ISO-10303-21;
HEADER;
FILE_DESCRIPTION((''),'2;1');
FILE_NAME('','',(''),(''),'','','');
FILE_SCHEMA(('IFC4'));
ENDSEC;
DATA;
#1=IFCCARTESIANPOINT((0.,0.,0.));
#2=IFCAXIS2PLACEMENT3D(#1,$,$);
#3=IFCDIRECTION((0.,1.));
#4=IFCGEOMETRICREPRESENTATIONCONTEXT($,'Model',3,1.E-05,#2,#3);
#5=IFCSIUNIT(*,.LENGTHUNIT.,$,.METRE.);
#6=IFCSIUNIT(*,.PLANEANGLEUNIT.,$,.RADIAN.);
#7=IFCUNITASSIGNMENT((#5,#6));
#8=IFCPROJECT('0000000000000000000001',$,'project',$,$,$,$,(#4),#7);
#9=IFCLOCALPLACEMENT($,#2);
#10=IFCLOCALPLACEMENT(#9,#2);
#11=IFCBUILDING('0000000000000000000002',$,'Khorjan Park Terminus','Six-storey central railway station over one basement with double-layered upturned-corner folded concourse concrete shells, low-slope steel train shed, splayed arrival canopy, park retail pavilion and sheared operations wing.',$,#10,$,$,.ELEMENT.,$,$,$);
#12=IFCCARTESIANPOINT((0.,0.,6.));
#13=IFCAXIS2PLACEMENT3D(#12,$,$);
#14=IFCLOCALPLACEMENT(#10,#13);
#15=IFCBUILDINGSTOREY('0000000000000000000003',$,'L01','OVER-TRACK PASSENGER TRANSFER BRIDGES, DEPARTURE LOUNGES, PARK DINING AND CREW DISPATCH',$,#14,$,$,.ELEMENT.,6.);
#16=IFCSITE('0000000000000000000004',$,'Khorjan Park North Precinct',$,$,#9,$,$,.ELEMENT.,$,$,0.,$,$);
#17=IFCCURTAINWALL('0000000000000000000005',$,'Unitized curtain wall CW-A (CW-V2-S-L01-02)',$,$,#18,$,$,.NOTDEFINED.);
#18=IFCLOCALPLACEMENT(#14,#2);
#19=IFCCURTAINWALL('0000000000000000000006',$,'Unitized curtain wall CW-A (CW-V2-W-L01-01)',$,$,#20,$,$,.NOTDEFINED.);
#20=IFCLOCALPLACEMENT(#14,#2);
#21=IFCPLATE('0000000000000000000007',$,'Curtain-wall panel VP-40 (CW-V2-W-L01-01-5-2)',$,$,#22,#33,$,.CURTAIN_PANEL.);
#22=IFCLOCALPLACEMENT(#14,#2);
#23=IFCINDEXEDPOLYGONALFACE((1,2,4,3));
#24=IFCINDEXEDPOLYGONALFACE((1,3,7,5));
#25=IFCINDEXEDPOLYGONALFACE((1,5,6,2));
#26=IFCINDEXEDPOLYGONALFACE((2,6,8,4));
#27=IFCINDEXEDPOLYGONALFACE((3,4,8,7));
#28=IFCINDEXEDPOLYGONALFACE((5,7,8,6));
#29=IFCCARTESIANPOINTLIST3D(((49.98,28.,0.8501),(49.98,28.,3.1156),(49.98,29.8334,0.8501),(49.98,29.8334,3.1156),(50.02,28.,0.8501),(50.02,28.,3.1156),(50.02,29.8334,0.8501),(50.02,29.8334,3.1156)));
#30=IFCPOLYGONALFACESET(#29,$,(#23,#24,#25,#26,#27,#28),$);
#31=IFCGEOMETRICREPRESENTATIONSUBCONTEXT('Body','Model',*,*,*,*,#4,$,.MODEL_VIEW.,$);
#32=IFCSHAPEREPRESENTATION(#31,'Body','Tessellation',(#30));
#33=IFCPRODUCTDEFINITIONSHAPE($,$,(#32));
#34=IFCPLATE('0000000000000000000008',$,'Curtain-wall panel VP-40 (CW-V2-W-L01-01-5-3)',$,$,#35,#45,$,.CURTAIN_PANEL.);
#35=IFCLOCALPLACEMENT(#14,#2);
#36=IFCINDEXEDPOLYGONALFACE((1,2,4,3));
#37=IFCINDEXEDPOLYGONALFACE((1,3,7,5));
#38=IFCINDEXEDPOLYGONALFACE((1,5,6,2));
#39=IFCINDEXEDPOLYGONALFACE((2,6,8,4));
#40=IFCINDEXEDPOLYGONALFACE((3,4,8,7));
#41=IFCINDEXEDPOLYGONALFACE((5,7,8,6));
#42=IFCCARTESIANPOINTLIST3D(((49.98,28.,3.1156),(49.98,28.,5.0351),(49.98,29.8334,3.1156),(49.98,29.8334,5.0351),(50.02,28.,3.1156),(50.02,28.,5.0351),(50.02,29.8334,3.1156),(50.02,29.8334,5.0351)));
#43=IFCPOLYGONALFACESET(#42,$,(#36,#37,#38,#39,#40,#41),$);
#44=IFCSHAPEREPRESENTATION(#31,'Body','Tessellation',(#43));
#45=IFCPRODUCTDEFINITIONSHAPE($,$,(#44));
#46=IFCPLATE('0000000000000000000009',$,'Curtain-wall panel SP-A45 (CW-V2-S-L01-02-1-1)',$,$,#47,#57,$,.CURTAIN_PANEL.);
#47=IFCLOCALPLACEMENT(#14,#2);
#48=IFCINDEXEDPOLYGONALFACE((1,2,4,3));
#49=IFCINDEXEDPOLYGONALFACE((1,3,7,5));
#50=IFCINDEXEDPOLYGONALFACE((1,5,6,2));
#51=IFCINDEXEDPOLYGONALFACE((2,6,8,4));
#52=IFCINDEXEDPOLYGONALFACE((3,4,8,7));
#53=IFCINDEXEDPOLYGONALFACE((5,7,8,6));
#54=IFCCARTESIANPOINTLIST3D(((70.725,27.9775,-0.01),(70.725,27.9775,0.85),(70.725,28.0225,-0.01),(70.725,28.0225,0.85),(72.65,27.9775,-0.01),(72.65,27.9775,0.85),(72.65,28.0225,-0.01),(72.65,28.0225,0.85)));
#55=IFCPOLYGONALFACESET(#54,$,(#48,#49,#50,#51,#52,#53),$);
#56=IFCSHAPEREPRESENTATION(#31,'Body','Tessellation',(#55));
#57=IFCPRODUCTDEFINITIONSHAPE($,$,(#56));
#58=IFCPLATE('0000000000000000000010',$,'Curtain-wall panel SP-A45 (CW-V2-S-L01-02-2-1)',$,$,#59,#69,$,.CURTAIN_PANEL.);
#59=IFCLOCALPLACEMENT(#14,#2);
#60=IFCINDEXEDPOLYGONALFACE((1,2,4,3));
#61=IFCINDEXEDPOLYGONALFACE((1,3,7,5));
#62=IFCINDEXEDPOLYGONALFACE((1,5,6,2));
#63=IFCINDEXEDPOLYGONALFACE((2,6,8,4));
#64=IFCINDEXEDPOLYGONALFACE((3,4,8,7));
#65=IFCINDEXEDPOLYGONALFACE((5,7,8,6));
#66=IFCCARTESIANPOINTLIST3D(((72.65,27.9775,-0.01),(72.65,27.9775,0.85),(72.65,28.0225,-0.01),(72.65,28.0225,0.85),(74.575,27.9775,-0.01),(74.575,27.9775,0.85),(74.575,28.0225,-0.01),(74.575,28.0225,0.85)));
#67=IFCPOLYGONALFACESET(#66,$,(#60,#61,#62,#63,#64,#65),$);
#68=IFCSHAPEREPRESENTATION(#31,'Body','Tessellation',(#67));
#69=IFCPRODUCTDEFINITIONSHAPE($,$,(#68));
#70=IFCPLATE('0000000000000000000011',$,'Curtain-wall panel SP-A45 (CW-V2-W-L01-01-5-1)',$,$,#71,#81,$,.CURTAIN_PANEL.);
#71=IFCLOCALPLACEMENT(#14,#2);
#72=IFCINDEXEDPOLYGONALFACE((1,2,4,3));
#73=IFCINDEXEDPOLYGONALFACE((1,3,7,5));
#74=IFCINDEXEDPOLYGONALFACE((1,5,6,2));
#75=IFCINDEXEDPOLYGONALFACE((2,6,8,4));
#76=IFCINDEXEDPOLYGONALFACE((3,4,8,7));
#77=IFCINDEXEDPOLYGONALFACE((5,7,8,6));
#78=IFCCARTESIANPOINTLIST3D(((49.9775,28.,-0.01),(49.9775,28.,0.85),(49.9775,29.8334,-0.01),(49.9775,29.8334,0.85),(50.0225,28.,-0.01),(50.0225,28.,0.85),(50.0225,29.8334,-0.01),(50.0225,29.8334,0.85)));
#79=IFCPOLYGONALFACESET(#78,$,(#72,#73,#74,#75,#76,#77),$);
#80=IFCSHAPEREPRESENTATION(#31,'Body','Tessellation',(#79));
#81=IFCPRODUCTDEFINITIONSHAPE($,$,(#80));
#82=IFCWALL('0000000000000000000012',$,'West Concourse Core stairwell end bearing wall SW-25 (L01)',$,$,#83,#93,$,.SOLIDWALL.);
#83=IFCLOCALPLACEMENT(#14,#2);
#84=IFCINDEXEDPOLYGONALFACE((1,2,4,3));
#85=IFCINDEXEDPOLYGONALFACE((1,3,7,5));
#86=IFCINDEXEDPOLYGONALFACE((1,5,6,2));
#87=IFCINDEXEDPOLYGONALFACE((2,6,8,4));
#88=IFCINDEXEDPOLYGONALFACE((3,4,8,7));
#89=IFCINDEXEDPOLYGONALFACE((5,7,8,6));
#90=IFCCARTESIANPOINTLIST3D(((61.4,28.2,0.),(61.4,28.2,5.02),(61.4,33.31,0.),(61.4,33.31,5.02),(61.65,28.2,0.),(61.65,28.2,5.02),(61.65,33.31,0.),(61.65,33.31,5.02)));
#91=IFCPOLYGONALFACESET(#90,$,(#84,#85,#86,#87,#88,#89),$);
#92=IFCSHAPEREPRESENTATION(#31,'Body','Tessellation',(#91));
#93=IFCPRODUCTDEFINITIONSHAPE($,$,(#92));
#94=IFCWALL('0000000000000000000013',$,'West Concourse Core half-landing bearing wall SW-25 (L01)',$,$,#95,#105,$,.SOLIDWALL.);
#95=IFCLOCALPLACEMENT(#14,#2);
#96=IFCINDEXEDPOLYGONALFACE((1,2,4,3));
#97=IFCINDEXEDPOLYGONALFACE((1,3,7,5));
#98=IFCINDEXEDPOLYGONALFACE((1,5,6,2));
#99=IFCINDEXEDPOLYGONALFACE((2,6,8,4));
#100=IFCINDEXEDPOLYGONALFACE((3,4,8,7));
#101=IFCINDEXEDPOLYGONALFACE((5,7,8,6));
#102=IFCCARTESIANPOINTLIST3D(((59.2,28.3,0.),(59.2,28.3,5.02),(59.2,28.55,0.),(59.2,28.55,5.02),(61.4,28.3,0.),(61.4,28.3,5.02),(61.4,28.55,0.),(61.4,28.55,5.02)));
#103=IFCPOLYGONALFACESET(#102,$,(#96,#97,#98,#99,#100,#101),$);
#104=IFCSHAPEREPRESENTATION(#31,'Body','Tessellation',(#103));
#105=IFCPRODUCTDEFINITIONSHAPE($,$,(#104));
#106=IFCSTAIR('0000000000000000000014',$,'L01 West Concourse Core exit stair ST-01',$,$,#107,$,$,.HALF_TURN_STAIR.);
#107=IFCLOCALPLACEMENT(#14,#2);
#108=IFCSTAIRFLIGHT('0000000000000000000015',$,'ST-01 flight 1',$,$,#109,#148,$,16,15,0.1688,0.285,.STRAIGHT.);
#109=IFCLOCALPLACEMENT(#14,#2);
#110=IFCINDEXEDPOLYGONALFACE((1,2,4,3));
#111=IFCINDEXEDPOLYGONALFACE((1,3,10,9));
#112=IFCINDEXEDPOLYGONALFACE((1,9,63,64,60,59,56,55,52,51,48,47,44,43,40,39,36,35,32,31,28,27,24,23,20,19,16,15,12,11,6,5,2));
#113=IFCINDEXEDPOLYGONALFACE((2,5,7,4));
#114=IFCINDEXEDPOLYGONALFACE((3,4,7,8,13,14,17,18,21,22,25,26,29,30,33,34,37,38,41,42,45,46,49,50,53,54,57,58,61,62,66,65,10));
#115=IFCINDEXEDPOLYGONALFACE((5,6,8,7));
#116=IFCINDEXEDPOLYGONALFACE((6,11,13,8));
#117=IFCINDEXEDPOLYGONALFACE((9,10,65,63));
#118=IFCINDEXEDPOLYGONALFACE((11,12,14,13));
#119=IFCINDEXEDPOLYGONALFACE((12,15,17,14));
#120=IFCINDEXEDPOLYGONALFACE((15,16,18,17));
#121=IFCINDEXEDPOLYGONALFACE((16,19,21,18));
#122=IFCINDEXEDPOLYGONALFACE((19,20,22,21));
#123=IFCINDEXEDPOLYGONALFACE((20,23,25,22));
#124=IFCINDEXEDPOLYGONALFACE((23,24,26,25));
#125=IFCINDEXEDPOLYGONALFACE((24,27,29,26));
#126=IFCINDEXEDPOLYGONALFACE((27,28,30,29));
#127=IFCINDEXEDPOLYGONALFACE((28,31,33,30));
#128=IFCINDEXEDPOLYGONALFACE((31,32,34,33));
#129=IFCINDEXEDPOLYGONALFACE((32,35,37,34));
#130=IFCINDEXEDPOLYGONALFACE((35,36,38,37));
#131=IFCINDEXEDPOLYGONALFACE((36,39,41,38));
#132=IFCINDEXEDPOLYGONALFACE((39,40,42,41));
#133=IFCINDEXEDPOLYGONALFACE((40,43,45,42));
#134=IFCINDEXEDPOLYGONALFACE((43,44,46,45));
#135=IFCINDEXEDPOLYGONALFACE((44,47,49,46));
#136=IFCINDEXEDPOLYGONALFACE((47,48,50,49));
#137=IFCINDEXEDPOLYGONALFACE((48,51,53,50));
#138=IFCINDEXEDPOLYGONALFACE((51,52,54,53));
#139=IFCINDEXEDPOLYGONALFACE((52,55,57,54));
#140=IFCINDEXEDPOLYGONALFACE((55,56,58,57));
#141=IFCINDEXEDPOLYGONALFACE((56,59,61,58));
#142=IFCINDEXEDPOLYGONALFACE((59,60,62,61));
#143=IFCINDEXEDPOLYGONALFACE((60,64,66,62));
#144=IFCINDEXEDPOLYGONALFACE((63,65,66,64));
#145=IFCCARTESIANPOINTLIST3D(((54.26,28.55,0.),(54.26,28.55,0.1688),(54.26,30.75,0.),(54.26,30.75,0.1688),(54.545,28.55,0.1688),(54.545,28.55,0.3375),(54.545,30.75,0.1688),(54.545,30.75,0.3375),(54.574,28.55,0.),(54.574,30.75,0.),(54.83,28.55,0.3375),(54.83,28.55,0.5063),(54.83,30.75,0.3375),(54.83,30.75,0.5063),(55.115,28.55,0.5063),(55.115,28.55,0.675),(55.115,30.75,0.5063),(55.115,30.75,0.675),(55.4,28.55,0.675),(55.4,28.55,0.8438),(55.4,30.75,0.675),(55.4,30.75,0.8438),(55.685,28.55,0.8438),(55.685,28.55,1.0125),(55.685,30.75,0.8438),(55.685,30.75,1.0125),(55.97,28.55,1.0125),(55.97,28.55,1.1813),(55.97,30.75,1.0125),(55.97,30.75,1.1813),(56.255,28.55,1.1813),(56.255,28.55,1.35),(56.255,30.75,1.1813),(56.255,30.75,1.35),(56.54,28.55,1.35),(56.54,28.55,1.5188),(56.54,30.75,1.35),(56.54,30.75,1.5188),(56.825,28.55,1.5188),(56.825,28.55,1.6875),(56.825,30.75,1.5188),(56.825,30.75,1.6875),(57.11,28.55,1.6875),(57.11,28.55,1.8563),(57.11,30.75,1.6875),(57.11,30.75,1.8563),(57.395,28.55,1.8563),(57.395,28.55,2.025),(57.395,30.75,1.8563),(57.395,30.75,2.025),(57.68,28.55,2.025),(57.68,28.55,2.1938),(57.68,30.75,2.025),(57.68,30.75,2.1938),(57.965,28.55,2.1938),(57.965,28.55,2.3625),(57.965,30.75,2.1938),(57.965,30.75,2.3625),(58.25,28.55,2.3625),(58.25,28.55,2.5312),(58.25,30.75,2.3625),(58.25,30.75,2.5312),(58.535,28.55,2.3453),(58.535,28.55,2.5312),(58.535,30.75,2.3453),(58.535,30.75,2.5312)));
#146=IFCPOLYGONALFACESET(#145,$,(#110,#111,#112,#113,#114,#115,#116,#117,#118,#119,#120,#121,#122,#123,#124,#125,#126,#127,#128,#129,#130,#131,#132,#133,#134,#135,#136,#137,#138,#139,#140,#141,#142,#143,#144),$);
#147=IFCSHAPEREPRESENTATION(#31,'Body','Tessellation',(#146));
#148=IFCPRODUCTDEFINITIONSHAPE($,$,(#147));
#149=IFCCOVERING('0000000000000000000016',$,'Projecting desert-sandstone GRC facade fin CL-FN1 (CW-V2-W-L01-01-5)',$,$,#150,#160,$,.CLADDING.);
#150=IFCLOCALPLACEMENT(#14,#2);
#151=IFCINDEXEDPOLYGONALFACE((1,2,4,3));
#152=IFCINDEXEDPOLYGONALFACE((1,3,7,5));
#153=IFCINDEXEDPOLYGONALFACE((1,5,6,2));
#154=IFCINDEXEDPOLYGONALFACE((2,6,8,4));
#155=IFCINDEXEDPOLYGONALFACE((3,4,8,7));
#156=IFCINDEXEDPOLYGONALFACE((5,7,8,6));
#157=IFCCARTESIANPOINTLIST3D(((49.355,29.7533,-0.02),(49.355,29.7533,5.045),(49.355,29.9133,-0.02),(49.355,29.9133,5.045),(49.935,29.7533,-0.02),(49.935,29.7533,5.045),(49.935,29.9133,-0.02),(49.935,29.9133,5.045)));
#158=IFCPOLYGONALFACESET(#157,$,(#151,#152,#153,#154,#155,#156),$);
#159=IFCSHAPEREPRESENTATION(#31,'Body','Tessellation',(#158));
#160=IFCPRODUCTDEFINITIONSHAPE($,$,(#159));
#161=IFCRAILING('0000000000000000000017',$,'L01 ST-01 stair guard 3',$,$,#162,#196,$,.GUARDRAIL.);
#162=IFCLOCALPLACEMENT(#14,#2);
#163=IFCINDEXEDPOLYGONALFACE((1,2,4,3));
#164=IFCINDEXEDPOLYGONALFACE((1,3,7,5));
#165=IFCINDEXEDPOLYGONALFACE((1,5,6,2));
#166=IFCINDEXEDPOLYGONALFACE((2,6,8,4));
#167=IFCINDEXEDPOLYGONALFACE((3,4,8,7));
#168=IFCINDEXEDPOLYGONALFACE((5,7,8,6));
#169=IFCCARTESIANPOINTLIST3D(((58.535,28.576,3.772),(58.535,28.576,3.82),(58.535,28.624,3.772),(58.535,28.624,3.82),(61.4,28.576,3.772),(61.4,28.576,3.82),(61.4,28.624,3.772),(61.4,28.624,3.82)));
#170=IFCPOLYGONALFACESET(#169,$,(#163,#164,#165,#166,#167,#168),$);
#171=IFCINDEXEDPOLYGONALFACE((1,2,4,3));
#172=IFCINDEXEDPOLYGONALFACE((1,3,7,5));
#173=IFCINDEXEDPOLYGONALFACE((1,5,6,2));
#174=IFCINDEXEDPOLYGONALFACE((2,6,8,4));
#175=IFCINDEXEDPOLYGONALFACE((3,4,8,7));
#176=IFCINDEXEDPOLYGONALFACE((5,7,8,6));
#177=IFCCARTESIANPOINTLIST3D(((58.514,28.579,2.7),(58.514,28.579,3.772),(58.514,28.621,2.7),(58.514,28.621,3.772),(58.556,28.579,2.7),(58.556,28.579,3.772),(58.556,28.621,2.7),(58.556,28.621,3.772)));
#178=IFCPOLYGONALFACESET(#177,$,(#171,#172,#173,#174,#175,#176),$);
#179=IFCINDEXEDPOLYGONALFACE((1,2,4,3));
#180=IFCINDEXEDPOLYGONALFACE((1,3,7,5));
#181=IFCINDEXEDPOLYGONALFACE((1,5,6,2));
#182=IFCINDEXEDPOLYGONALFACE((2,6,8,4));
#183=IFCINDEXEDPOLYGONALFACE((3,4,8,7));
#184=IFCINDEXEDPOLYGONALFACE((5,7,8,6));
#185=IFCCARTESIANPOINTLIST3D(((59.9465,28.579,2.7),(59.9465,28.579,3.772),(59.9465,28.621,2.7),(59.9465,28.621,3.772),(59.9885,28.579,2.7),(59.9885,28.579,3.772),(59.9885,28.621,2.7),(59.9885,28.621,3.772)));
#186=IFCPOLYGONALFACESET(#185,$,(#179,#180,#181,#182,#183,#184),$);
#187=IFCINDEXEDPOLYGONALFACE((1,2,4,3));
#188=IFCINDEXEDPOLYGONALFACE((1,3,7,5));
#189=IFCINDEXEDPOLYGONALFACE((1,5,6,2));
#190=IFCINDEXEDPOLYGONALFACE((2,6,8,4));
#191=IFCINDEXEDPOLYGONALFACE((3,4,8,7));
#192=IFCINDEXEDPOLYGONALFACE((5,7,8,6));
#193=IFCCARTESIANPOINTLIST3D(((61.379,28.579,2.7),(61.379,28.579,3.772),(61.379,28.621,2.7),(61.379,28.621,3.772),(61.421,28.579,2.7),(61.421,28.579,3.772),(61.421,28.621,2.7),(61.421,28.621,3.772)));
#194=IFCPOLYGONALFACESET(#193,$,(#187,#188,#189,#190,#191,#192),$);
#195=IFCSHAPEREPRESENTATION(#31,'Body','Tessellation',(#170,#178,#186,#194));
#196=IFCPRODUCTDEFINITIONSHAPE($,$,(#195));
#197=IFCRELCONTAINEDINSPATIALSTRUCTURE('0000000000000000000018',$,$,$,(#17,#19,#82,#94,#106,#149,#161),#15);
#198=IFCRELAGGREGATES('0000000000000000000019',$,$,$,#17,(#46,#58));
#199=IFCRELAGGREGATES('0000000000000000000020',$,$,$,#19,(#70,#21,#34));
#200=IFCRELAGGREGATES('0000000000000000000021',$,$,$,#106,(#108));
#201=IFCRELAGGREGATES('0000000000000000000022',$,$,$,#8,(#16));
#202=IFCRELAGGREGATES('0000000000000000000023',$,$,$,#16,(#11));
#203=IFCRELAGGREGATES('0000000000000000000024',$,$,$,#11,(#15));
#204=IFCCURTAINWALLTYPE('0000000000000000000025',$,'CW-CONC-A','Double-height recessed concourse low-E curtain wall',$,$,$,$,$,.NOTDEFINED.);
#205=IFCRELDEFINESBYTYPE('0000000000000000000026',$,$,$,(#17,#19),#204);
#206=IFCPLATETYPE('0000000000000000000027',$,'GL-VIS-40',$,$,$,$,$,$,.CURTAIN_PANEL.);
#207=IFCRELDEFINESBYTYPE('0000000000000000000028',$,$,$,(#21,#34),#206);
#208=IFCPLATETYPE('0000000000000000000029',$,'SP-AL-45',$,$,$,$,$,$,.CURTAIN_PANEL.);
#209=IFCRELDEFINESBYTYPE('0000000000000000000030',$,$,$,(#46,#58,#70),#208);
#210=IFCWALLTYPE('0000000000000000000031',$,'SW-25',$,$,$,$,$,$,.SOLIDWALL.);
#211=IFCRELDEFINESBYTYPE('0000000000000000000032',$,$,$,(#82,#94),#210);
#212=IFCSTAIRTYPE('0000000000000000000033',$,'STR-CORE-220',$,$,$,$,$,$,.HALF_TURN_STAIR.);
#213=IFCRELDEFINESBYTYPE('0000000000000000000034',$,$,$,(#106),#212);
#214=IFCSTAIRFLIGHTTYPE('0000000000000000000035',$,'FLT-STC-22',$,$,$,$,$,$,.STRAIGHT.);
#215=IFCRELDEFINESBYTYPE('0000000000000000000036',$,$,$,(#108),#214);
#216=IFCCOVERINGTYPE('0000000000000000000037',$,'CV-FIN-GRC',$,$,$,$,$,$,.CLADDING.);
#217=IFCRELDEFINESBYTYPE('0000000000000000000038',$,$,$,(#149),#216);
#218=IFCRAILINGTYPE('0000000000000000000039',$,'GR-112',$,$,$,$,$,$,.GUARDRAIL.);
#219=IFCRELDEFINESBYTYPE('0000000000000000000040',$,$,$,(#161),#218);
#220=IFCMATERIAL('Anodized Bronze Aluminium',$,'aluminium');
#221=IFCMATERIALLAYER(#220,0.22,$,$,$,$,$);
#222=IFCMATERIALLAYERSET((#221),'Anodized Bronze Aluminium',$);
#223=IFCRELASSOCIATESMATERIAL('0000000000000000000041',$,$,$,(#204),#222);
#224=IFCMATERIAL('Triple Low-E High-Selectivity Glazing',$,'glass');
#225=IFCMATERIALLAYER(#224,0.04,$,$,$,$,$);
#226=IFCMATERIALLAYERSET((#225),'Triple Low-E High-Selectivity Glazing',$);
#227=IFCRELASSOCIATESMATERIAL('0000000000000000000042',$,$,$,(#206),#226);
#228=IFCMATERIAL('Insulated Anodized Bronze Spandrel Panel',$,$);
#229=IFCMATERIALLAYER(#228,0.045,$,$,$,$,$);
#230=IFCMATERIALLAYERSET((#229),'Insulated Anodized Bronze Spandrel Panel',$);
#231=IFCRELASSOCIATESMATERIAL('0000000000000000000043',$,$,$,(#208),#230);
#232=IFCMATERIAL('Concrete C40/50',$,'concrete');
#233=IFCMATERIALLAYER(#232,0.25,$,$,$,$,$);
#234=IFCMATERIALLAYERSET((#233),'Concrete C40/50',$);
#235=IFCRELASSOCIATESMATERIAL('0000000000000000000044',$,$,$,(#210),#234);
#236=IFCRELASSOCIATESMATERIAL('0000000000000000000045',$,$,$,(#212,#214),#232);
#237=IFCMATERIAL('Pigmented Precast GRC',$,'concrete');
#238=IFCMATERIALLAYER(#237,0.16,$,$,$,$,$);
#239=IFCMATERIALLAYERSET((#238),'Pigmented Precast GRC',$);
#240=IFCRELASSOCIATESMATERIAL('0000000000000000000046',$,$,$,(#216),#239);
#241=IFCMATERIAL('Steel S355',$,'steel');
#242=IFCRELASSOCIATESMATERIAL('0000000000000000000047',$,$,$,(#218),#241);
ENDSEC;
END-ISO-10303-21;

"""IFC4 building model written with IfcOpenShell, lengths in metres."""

from ifc_helpers import new_model, si_unit, direction, frame, frame_2d, origin, origin_2d, place, context, subcontext, project, spatial, polyline, rectangle, outline, extrude, material, layer, layer_set, type_object, element, aggregate, save


model = new_model("IFC4")

# Units and contexts
model_context = context("Model", 3, precision=1e-05, world=origin(), true_north=direction((0.0, 1.0)))
body_context = subcontext(model_context, "Body", "Model", "MODEL_VIEW")
ifc_project = project(units=[si_unit("LENGTHUNIT", "METRE"), si_unit("PLANEANGLEUNIT", "RADIAN")], contexts=[model_context])

# Site, building, storey
site_placement = place(None, origin())
site = spatial("IfcSite", under=ifc_project, at=site_placement, Name="Khorjan Park North Precinct", CompositionType="ELEMENT", RefElevation=0.0)
building_placement = place(site_placement, origin())
building = spatial("IfcBuilding", under=site, at=building_placement, Name="Khorjan Park Terminus", Description="Six-storey central railway station over one basement with double-layered upturned-corner folded concourse concrete shells, low-slope steel train shed, splayed arrival canopy, park retail pavilion and sheared operations wing.", CompositionType="ELEMENT")
storey_placement = place(building_placement, frame((0.0, 0.0, 6.0)))
storey = spatial("IfcBuildingStorey", under=building, at=storey_placement, Name="L01", Description="OVER-TRACK PASSENGER TRANSFER BRIDGES, DEPARTURE LOUNGES, PARK DINING AND CREW DISPATCH", CompositionType="ELEMENT", Elevation=6.0)

# Curtain wall
ifc_material_1 = material(Name="Anodized Bronze Aluminium", Category="aluminium")
ifc_layer_1 = layer(ifc_material_1, 0.22)
ifc_layer_set_1 = layer_set([ifc_layer_1], Name="Anodized Bronze Aluminium")
curtain_wall_type = type_object("IfcCurtainWallType", Name="CW-CONC-A", Description="Double-height recessed concourse low-E curtain wall", PredefinedType="NOTDEFINED", material=ifc_layer_set_1)
curtain_wall_1_placement = place(storey_placement, origin())
curtain_wall_1 = element("IfcCurtainWall", 1, at=curtain_wall_1_placement, inside=storey, type_object=curtain_wall_type, Name="Unitized curtain wall CW-A (CW-V2-S-L01-02)", PredefinedType="NOTDEFINED")

# Curtain wall
curtain_wall_2_placement = place(storey_placement, origin())
curtain_wall_2 = element("IfcCurtainWall", 2, at=curtain_wall_2_placement, inside=storey, type_object=curtain_wall_type, Name="Unitized curtain wall CW-A (CW-V2-W-L01-01)", PredefinedType="NOTDEFINED")

# Plates
ifc_material_2 = material(Name="Triple Low-E High-Selectivity Glazing", Category="glass")
ifc_layer_2 = layer(ifc_material_2, 0.04)
ifc_layer_set_2 = layer_set([ifc_layer_2], Name="Triple Low-E High-Selectivity Glazing")
plate_type_1 = type_object("IfcPlateType", Name="GL-VIS-40", PredefinedType="CURTAIN_PANEL", material=ifc_layer_set_2)
plate_1_placement = place(storey_placement, frame((50.0, 28.9167, 0.8501), z_axis=(0.0, 0.0, 1.0), x_axis=(0.0, -1.0, 0.0)))
plate_1 = element("IfcPlate", 3, at=plate_1_placement, type_object=plate_type_1, Name="Curtain-wall panel VP-40 (CW-V2-W-L01-01-5-2)", PredefinedType="CURTAIN_PANEL", context=body_context, shape_type="SweptSolid", body=[
    extrude(rectangle(XDim=1.8333, YDim=0.04, at=origin_2d()), origin(), (0.0, 0.0, 1.0), 2.2655),
])
plate_2_placement = place(storey_placement, frame((50.0, 28.9167, 3.1156), z_axis=(0.0, 0.0, 1.0), x_axis=(0.0, -1.0, 0.0)))
plate_2 = element("IfcPlate", 4, at=plate_2_placement, type_object=plate_type_1, Name="Curtain-wall panel VP-40 (CW-V2-W-L01-01-5-3)", PredefinedType="CURTAIN_PANEL", context=body_context, shape_type="SweptSolid", body=[
    extrude(rectangle(XDim=1.8333, YDim=0.04, at=origin_2d()), origin(), (0.0, 0.0, 1.0), 1.9195),
])
ifc_material_3 = material(Name="Insulated Anodized Bronze Spandrel Panel")
ifc_layer_3 = layer(ifc_material_3, 0.045)
ifc_layer_set_3 = layer_set([ifc_layer_3], Name="Insulated Anodized Bronze Spandrel Panel")
plate_type_2 = type_object("IfcPlateType", Name="SP-AL-45", PredefinedType="CURTAIN_PANEL", material=ifc_layer_set_3)
plate_3_placement = place(storey_placement, frame((71.6875, 28.0, -0.01), z_axis=(0.0, 0.0, 1.0), x_axis=(1.0, 0.0, 0.0)))
plate_3 = element("IfcPlate", 5, at=plate_3_placement, type_object=plate_type_2, Name="Curtain-wall panel SP-A45 (CW-V2-S-L01-02-1-1)", PredefinedType="CURTAIN_PANEL", context=body_context, shape_type="SweptSolid", body=[
    extrude(rectangle(XDim=1.925, YDim=0.045, at=origin_2d()), origin(), (0.0, 0.0, 1.0), 0.86),
])
plate_4_placement = place(storey_placement, frame((73.6125, 28.0, -0.01), z_axis=(0.0, 0.0, 1.0), x_axis=(1.0, 0.0, 0.0)))
plate_4 = element("IfcPlate", 6, at=plate_4_placement, type_object=plate_type_2, Name="Curtain-wall panel SP-A45 (CW-V2-S-L01-02-2-1)", PredefinedType="CURTAIN_PANEL", context=body_context, shape_type="SweptSolid", body=[
    extrude(rectangle(XDim=1.925, YDim=0.045, at=origin_2d()), origin(), (0.0, 0.0, 1.0), 0.86),
])
aggregate(curtain_wall_1, [plate_3, plate_4])
plate_5_placement = place(storey_placement, frame((50.0, 28.9167, -0.01), z_axis=(0.0, 0.0, 1.0), x_axis=(0.0, -1.0, 0.0)))
plate_5 = element("IfcPlate", 7, at=plate_5_placement, type_object=plate_type_2, Name="Curtain-wall panel SP-A45 (CW-V2-W-L01-01-5-1)", PredefinedType="CURTAIN_PANEL", context=body_context, shape_type="SweptSolid", body=[
    extrude(rectangle(XDim=1.8333, YDim=0.045, at=origin_2d()), origin(), (0.0, 0.0, 1.0), 0.86),
])
aggregate(curtain_wall_2, [plate_5, plate_1, plate_2])

# Walls
ifc_material_4 = material(Name="Concrete C40/50", Category="concrete")
ifc_layer_4 = layer(ifc_material_4, 0.25)
ifc_layer_set_4 = layer_set([ifc_layer_4], Name="Concrete C40/50")
wall_type = type_object("IfcWallType", Name="SW-25", PredefinedType="SOLIDWALL", material=ifc_layer_set_4)
wall_1_placement = place(storey_placement, frame((61.525, 28.2, 0.0), z_axis=(0.0, 0.0, 1.0), x_axis=(0.0, 1.0, 0.0)))
element("IfcWall", 8, at=wall_1_placement, inside=storey, type_object=wall_type, Name="West Concourse Core stairwell end bearing wall SW-25 (L01)", PredefinedType="SOLIDWALL", context=body_context, shape_type="SweptSolid", body=[
    extrude(rectangle(XDim=5.11, YDim=0.25, at=frame_2d((2.555, 0.0))), origin(), (0.0, 0.0, 1.0), 5.02),
])
wall_2_placement = place(storey_placement, frame((59.2, 28.425, 0.0), z_axis=(0.0, 0.0, 1.0), x_axis=(1.0, 0.0, 0.0)))
element("IfcWall", 9, at=wall_2_placement, inside=storey, type_object=wall_type, Name="West Concourse Core half-landing bearing wall SW-25 (L01)", PredefinedType="SOLIDWALL", context=body_context, shape_type="SweptSolid", body=[
    extrude(rectangle(XDim=2.2, YDim=0.25, at=frame_2d((1.1, 0.0))), origin(), (0.0, 0.0, 1.0), 5.02),
])

# Stair, stair flight
stair_type = type_object("IfcStairType", Name="STR-CORE-220", PredefinedType="HALF_TURN_STAIR", material=ifc_material_4)
stair_placement = place(storey_placement, origin())
stair = element("IfcStair", 10, at=stair_placement, inside=storey, type_object=stair_type, Name="L01 West Concourse Core exit stair ST-01", PredefinedType="HALF_TURN_STAIR")
stair_flight_type = type_object("IfcStairFlightType", Name="FLT-STC-22", PredefinedType="STRAIGHT", material=ifc_material_4)
stair_flight_placement = place(storey_placement, frame((54.26, 29.65, 0.0), z_axis=(0.0, 0.0, 1.0), x_axis=(1.0, 0.0, 0.0)))
stair_flight = element("IfcStairFlight", 11, at=stair_flight_placement, type_object=stair_flight_type, Name="ST-01 flight 1", NumberOfRisers=16, NumberOfTreads=15, PredefinedType="STRAIGHT", RiserHeight=0.1688, TreadLength=0.285, context=body_context, shape_type="SweptSolid", body=[
    extrude(outline(polyline([(0.0, 0.0), (0.0, 0.1688), (0.285, 0.1688), (0.285, 0.3375), (0.57, 0.3375), (0.57, 0.5063), (0.855, 0.5063), (0.855, 0.675), (1.14, 0.675), (1.14, 0.8438), (1.425, 0.8438), (1.425, 1.0125), (1.71, 1.0125), (1.71, 1.1813), (1.995, 1.1813), (1.995, 1.35), (2.28, 1.35), (2.28, 1.5188), (2.565, 1.5188), (2.565, 1.6875), (2.85, 1.6875), (2.85, 1.8563), (3.135, 1.8563), (3.135, 2.025), (3.42, 2.025), (3.42, 2.1938), (3.705, 2.1938), (3.705, 2.3625), (3.99, 2.3625), (3.99, 2.5312), (4.275, 2.5312), (4.275, 2.7), (4.275, 2.3453), (0.314, 0.0), (0.0, 0.0)])), frame((0.0, 1.1, 0.0), z_axis=(0.0, -1.0, 0.0), x_axis=(1.0, 0.0, 0.0)), (0.0, 0.0, 1.0), 2.2),
])
aggregate(stair, [stair_flight])

# Covering
ifc_material_5 = material(Name="Pigmented Precast GRC", Category="concrete")
ifc_layer_5 = layer(ifc_material_5, 0.16)
ifc_layer_set_5 = layer_set([ifc_layer_5], Name="Pigmented Precast GRC")
covering_type = type_object("IfcCoveringType", Name="CV-FIN-GRC", PredefinedType="CLADDING", material=ifc_layer_set_5)
covering_placement = place(storey_placement, frame((49.645, 29.8333, -0.02), z_axis=(0.0, 0.0, 1.0), x_axis=(1.0, 0.0, 0.0)))
element("IfcCovering", 12, at=covering_placement, inside=storey, type_object=covering_type, Name="Projecting desert-sandstone GRC facade fin CL-FN1 (CW-V2-W-L01-01-5)", PredefinedType="CLADDING", context=body_context, shape_type="SweptSolid", body=[
    extrude(rectangle(XDim=0.58, YDim=0.16, at=origin_2d()), origin(), (0.0, 0.0, 1.0), 5.065),
])

# Railing
ifc_material_6 = material(Name="Steel S355", Category="steel")
railing_type_1 = type_object("IfcRailingType", Name="GR-112", PredefinedType="GUARDRAIL", material=ifc_material_6)
railing_1_placement = place(storey_placement, frame((58.535, 28.6, 2.7)))
element("IfcRailing", 13, at=railing_1_placement, inside=storey, type_object=railing_type_1, Name="L01 ST-01 stair guard 3", PredefinedType="GUARDRAIL", context=body_context, shape_type="SweptSolid", body=[
    extrude(rectangle(XDim=0.048, YDim=0.048, at=origin_2d()), frame((0.0, 0.0, 1.096), z_axis=(1.0, 0.0, 0.0), x_axis=(0.0, 1.0, 0.0)), (0.0, 0.0, 1.0), 2.865),
    extrude(rectangle(XDim=0.042, YDim=0.042, at=origin_2d()), origin(), (0.0, 0.0, 1.0), 1.072),
    extrude(rectangle(XDim=0.042, YDim=0.042, at=origin_2d()), frame((1.4325, 0.0, 0.0)), (0.0, 0.0, 1.0), 1.072),
    extrude(rectangle(XDim=0.042, YDim=0.042, at=origin_2d()), frame((2.865, 0.0, 0.0)), (0.0, 0.0, 1.0), 1.072),
])

save(model, "model.ifc")
